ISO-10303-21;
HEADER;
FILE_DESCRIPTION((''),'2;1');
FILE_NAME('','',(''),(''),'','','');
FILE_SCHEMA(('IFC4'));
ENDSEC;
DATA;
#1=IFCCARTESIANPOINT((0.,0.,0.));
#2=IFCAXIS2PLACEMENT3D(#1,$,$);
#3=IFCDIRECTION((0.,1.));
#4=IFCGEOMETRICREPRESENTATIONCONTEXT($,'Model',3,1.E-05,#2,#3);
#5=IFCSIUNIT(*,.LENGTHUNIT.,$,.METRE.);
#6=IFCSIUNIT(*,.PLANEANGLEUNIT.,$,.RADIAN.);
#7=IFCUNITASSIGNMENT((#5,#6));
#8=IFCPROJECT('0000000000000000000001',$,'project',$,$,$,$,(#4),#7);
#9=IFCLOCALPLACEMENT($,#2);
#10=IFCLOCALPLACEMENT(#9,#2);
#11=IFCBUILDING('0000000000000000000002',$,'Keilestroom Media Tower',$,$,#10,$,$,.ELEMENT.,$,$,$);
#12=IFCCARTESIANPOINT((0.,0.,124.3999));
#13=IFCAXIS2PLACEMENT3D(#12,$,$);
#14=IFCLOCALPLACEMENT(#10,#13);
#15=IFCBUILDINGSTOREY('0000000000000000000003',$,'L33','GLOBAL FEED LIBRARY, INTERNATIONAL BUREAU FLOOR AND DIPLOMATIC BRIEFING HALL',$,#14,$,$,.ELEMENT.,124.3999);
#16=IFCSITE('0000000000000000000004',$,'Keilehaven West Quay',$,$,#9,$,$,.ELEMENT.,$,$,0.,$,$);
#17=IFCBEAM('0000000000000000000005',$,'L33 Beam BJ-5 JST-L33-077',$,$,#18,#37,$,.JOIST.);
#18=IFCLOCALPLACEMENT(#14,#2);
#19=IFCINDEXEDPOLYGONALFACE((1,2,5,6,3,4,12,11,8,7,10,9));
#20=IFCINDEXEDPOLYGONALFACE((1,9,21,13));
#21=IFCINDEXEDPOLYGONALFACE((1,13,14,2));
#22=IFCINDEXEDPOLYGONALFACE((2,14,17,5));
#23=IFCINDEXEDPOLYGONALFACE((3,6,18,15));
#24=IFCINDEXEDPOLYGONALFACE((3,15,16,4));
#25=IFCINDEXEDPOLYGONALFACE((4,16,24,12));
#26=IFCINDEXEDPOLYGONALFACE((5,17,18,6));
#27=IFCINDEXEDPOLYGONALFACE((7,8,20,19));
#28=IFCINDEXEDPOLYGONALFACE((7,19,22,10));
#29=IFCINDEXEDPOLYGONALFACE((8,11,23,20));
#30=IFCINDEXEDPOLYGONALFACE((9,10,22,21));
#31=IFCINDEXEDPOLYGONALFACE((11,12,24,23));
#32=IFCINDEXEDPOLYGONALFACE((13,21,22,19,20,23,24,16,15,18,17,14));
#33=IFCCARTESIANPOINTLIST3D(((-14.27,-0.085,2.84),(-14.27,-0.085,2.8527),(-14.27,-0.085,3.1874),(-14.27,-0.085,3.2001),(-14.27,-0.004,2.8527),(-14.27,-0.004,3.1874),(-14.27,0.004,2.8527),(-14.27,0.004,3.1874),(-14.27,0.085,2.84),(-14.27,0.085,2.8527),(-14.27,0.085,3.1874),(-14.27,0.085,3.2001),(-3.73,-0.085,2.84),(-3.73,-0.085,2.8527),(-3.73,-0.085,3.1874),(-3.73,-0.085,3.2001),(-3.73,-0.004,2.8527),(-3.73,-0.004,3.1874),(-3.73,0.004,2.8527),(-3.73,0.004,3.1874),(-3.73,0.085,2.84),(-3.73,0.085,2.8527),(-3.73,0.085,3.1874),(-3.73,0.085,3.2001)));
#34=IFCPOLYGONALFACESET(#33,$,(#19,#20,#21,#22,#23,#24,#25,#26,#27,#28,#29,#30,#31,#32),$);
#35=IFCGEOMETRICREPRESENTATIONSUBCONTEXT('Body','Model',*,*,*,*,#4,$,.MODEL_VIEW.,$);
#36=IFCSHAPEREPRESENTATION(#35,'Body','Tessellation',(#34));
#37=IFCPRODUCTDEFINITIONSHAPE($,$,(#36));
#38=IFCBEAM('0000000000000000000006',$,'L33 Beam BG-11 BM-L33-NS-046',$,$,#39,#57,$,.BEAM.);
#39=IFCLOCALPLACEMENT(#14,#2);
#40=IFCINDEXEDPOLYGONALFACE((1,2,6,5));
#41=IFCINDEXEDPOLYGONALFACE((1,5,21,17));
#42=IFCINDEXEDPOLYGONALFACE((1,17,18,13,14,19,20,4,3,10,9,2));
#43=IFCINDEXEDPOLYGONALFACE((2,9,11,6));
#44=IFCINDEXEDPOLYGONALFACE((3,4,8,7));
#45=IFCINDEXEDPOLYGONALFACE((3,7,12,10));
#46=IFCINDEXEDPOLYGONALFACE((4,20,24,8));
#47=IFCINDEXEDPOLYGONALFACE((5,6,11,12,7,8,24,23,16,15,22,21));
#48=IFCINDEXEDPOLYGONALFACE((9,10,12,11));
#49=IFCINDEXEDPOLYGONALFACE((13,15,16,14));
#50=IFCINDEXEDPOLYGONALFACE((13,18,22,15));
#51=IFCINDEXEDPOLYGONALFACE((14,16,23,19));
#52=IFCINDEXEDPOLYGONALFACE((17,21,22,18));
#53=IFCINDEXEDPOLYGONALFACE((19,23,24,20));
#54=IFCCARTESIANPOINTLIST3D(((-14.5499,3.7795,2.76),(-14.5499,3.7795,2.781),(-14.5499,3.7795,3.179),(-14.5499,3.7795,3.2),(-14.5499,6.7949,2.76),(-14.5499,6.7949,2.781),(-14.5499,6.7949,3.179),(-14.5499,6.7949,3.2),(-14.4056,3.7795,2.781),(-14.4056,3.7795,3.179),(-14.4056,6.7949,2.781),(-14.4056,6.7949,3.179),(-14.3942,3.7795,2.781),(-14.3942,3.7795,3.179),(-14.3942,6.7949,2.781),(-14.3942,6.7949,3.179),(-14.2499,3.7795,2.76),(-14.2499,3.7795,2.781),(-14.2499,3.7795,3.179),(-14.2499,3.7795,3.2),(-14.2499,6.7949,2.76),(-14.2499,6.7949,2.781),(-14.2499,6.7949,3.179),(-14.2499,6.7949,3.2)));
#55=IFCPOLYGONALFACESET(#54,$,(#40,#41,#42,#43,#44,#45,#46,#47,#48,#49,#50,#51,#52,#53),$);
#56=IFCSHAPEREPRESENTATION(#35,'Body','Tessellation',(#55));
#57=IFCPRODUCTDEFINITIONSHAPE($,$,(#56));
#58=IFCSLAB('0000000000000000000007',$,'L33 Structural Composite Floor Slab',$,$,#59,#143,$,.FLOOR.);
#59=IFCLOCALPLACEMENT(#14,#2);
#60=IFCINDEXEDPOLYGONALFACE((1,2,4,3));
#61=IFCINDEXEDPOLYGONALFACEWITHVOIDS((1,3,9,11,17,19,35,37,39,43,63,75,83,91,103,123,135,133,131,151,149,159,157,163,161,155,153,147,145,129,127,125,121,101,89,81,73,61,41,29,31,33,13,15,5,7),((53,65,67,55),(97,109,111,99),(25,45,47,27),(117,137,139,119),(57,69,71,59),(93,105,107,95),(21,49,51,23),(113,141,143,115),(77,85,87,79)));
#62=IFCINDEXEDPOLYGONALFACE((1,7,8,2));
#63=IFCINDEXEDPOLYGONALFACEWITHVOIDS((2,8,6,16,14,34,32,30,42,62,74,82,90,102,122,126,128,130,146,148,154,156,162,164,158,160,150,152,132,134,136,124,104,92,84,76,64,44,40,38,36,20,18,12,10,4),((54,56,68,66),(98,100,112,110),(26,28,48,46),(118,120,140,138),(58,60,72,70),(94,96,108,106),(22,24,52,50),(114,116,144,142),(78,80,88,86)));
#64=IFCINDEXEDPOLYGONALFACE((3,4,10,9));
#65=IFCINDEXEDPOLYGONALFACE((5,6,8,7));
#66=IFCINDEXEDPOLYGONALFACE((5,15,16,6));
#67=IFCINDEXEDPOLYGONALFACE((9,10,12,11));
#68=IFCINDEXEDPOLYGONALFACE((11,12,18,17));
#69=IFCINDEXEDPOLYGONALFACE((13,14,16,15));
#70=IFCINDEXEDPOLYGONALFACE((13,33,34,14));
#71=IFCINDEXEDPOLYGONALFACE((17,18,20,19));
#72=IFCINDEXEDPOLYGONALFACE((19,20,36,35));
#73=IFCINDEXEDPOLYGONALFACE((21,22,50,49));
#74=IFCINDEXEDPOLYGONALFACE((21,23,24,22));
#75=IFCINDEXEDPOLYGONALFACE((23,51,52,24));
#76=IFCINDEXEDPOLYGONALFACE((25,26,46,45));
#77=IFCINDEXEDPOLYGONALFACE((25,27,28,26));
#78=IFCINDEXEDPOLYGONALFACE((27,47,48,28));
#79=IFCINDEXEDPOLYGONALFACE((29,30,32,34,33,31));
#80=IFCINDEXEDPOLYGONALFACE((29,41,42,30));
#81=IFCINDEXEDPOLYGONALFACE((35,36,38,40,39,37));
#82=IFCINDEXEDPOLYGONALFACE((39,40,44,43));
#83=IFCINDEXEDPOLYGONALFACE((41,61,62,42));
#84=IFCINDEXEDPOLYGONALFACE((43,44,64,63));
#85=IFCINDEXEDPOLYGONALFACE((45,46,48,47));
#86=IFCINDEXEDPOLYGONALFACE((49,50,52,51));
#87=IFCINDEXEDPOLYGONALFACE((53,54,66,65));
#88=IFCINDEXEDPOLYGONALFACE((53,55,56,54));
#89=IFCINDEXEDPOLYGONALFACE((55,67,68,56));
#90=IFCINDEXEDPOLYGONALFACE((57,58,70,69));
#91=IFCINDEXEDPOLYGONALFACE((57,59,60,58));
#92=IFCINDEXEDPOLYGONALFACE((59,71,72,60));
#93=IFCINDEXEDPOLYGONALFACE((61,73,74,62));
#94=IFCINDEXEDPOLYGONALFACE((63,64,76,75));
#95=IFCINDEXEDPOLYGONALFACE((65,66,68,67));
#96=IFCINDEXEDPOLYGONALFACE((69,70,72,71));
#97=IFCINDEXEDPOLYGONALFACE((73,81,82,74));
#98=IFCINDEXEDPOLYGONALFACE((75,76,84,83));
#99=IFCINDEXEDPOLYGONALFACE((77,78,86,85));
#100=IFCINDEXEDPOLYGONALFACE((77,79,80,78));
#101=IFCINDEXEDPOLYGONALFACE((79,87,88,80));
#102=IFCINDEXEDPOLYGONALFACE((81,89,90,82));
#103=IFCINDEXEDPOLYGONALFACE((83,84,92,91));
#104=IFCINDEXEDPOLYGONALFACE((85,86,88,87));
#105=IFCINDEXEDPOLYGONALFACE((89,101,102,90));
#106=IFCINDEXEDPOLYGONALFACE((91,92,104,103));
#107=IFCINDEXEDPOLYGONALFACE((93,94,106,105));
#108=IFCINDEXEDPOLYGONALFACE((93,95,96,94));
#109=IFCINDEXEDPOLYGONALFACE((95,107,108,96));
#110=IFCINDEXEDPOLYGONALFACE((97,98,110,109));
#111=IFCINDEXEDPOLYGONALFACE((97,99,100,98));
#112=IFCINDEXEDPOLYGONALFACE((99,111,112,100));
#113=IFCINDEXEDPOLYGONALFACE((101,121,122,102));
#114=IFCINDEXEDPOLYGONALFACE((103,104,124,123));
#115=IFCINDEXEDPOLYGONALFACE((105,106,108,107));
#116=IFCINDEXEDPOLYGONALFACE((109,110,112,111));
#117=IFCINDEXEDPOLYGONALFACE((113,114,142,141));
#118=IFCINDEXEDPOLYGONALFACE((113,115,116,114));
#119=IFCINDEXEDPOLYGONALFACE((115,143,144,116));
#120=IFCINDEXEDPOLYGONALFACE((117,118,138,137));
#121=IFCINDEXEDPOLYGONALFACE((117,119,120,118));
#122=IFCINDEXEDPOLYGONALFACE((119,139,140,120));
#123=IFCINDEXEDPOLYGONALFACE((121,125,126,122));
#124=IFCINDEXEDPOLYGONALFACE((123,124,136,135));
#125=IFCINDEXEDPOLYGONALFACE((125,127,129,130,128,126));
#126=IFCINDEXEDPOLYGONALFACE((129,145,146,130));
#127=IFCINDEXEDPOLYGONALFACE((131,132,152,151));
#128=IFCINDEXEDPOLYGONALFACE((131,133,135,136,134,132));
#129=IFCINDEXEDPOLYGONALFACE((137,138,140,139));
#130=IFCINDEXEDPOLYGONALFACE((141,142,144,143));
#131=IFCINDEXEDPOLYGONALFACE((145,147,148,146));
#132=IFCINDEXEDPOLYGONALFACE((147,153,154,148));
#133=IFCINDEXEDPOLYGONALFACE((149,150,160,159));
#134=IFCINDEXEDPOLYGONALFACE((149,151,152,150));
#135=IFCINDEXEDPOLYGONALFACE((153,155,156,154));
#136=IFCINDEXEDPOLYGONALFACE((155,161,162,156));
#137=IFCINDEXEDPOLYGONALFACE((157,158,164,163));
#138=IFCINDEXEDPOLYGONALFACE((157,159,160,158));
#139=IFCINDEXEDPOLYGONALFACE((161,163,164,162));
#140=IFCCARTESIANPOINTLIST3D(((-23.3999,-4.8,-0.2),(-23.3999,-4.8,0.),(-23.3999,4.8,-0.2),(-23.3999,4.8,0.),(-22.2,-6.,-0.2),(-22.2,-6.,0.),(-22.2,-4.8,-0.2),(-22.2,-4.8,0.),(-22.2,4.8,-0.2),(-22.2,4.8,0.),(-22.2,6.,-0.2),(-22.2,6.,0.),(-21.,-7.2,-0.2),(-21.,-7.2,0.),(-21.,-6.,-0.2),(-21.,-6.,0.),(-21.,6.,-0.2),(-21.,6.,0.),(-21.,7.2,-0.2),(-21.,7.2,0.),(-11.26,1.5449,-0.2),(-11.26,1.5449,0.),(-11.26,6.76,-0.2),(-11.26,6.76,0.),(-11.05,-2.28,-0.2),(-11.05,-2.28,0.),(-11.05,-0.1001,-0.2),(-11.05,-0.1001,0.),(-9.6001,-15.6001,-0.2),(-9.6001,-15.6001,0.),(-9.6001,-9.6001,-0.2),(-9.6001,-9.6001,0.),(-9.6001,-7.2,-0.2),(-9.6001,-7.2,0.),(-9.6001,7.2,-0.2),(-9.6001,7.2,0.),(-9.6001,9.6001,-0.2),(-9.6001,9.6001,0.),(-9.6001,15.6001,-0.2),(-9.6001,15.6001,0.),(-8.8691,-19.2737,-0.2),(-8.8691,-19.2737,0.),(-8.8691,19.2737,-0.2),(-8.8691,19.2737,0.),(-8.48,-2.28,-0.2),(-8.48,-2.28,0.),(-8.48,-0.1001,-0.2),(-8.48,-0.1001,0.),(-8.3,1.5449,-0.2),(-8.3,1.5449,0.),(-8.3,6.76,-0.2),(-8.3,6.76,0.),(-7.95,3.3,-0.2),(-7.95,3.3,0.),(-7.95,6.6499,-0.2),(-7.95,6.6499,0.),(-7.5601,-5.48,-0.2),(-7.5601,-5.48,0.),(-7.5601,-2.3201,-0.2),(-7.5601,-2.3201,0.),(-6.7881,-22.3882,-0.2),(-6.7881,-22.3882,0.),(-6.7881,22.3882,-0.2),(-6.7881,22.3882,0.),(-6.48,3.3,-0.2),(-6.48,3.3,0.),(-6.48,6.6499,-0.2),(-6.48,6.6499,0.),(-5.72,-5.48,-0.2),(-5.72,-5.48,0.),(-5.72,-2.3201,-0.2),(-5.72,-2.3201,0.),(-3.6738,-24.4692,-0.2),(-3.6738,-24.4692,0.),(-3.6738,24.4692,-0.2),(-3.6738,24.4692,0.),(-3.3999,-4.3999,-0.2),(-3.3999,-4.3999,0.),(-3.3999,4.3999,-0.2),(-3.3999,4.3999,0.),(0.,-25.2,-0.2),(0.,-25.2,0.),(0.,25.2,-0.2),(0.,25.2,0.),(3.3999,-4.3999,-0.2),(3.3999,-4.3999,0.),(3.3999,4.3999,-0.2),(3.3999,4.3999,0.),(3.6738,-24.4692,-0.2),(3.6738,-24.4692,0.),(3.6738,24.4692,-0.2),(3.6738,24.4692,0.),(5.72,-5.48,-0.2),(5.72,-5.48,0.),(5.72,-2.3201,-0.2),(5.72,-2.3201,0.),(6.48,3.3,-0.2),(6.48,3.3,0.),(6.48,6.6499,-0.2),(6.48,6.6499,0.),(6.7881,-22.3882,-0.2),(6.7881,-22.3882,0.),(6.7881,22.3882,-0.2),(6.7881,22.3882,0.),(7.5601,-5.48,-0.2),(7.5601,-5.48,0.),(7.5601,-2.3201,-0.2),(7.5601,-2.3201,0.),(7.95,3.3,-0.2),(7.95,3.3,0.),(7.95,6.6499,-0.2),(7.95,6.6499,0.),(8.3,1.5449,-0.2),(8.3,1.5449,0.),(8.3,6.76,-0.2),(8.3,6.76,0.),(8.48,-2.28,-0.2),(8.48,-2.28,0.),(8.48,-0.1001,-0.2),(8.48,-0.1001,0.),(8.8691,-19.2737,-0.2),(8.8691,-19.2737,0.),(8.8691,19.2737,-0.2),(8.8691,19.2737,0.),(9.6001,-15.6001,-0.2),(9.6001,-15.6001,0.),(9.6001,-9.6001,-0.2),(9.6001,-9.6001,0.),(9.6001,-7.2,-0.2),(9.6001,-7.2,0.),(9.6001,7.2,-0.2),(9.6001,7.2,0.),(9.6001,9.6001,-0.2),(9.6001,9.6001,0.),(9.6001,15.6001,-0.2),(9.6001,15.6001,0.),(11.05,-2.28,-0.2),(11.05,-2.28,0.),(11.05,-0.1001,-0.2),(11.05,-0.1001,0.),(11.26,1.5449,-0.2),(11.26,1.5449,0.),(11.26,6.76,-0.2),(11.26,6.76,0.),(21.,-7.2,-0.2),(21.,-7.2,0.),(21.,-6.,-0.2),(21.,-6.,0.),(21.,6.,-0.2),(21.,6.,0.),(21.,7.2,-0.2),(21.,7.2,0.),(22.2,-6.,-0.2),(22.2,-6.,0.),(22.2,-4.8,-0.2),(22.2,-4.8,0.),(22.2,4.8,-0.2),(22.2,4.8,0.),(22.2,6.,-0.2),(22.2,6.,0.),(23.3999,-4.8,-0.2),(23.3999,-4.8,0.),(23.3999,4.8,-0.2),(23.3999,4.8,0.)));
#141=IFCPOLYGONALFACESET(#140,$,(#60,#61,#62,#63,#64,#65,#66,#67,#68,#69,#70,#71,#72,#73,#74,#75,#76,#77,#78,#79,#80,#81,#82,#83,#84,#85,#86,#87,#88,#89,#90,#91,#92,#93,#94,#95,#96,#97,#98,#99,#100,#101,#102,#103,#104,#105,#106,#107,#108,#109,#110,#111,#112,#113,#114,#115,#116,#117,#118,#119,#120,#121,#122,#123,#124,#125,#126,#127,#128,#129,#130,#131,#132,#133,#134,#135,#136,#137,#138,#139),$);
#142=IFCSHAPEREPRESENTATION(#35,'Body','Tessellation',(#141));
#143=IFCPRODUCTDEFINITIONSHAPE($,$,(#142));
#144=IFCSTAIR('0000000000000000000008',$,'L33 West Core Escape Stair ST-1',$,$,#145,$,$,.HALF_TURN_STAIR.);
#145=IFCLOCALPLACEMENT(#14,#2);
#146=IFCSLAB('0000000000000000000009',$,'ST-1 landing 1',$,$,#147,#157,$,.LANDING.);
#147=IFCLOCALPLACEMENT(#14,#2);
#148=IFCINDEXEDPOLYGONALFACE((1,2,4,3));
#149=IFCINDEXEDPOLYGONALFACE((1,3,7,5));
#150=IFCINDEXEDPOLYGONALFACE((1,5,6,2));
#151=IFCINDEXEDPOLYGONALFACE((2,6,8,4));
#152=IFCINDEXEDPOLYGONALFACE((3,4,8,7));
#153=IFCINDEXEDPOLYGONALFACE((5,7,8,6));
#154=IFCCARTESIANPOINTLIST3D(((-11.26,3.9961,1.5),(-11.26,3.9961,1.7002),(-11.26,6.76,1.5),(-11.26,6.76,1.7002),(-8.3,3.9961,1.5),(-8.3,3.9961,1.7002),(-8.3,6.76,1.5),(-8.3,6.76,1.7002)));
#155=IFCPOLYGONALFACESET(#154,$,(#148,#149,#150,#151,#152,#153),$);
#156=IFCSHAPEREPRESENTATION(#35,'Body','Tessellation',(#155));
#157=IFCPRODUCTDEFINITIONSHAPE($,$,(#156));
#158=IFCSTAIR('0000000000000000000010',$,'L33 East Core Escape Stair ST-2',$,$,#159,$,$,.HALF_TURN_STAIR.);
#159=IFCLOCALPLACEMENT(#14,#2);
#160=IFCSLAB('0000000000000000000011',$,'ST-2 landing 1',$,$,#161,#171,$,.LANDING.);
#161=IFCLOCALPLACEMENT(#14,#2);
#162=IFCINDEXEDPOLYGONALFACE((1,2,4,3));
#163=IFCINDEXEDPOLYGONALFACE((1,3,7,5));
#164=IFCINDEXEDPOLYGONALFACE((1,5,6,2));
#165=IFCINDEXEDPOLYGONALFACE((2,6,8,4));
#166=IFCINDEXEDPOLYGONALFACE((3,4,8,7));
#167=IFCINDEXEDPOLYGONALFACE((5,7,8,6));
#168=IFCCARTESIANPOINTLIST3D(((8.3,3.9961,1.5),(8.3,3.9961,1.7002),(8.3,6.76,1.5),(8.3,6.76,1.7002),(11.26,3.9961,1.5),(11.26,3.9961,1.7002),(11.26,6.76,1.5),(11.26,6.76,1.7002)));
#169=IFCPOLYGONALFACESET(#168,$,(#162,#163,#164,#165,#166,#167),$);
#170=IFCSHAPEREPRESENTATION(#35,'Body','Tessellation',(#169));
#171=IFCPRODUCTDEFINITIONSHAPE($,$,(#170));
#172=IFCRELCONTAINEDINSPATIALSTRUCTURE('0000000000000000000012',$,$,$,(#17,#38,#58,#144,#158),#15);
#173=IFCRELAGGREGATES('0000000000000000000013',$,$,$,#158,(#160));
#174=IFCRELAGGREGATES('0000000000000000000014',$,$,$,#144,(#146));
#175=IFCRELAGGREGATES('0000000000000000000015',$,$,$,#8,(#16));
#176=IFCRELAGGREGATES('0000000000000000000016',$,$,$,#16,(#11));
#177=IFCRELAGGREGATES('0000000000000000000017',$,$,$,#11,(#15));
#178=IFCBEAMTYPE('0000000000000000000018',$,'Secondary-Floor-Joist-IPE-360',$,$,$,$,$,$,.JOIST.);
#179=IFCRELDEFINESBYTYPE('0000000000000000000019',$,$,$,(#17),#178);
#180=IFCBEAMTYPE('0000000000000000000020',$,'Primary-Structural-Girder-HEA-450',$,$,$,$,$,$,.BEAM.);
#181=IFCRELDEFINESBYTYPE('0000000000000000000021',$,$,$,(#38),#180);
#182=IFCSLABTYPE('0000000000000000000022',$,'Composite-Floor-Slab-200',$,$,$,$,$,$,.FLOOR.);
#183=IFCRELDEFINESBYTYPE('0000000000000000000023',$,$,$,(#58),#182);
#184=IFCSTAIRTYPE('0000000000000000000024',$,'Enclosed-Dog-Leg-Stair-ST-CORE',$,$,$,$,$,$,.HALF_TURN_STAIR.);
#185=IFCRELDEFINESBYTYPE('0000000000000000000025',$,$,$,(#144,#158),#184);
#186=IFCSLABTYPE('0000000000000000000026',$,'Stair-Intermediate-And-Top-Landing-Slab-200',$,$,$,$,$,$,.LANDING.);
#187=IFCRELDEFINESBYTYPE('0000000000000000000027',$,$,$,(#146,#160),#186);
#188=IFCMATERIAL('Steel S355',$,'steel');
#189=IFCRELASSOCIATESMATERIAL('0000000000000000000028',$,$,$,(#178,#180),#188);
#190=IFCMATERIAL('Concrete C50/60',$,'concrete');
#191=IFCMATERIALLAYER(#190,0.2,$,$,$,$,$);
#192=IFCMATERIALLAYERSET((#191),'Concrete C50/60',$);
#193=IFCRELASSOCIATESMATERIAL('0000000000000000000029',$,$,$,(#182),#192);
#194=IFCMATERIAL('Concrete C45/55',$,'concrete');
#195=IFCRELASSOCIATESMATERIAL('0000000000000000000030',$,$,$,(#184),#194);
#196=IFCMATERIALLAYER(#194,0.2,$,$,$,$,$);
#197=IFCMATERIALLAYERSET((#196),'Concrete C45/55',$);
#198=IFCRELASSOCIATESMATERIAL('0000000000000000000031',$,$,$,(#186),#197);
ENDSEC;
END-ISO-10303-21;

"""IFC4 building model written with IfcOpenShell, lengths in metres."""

from ifc_helpers import new_model, si_unit, direction, frame, origin, origin_2d, place, context, subcontext, project, spatial, polyline, i_section, outline, extrude, source, transform, mapped, material, layer, layer_set, material_profile, profile_set, type_object, element, aggregate, save


model = new_model("IFC4")

# Units and contexts
model_context = context("Model", 3, precision=1e-05, world=origin(), true_north=direction((0.0, 1.0)))
body_context = subcontext(model_context, "Body", "Model", "MODEL_VIEW")
ifc_project = project(units=[si_unit("LENGTHUNIT", "METRE"), si_unit("PLANEANGLEUNIT", "RADIAN")], contexts=[model_context])

# Site, building, storey
site_placement = place(None, origin())
site = spatial("IfcSite", under=ifc_project, at=site_placement, Name="Keilehaven West Quay", CompositionType="ELEMENT", RefElevation=0.0)
building_placement = place(site_placement, origin())
building = spatial("IfcBuilding", under=site, at=building_placement, Name="Keilestroom Media Tower", CompositionType="ELEMENT")
storey_placement = place(building_placement, frame((0.0, 0.0, 124.3999)))
storey = spatial("IfcBuildingStorey", under=building, at=storey_placement, Name="L33", Description="GLOBAL FEED LIBRARY, INTERNATIONAL BUREAU FLOOR AND DIPLOMATIC BRIEFING HALL", CompositionType="ELEMENT", Elevation=124.3999)

# Beams
ifc_material_1 = material(Name="Steel S355", Category="steel")
ifc_material_profile_1 = material_profile(ifc_material_1, i_section(OverallWidth=0.1699, OverallDepth=0.3601, WebThickness=0.0081, FlangeThickness=0.0127, at=origin_2d()), Name="IPE 360")
ifc_profile_set_1 = profile_set([ifc_material_profile_1], Name="Steel S355")
beam_type_1 = type_object("IfcBeamType", Name="Secondary-Floor-Joist-IPE-360", PredefinedType="JOIST", material=ifc_profile_set_1)
shared_shape_1 = source(origin(), body_context, "Body", "SweptSolid", [
    extrude(i_section(OverallWidth=0.1699, OverallDepth=0.3601, WebThickness=0.0081, FlangeThickness=0.0127, at=origin_2d()), origin(), (0.0, 0.0, 1.0), 10.54),
])
beam_1_placement = place(storey_placement, frame((-14.27, 0.0, 3.02), z_axis=(1.0, 0.0, 0.0), x_axis=(0.0, 1.0, 0.0)))
element("IfcBeam", 1, at=beam_1_placement, inside=storey, type_object=beam_type_1, Name="L33 Beam BJ-5 JST-L33-077", PredefinedType="JOIST", context=body_context, shape_type="MappedRepresentation", body=[
    mapped(shared_shape_1, transform((0.0, 0.0, 0.0), x_axis=(1.0, 0.0, 0.0), y_axis=(0.0, 1.0, 0.0), z_axis=(0.0, 0.0, 1.0), scale=1.0)),
])
ifc_material_profile_2 = material_profile(ifc_material_1, i_section(OverallWidth=0.3, OverallDepth=0.4399, WebThickness=0.0115, FlangeThickness=0.021, at=origin_2d()), Name="HEA 450")
ifc_profile_set_2 = profile_set([ifc_material_profile_2], Name="Steel S355")
beam_type_2 = type_object("IfcBeamType", Name="Primary-Structural-Girder-HEA-450", PredefinedType="BEAM", material=ifc_profile_set_2)
shared_shape_2 = source(origin(), body_context, "Body", "SweptSolid", [
    extrude(i_section(OverallWidth=0.3, OverallDepth=0.4399, WebThickness=0.0115, FlangeThickness=0.021, at=origin_2d()), origin(), (0.0, 0.0, 1.0), 3.0154),
])
beam_2_placement = place(storey_placement, frame((-14.3999, 3.7795, 2.98), z_axis=(0.0, 1.0, 0.0), x_axis=(-1.0, 0.0, 0.0)))
element("IfcBeam", 2, at=beam_2_placement, inside=storey, type_object=beam_type_2, Name="L33 Beam BG-11 BM-L33-NS-046", PredefinedType="BEAM", context=body_context, shape_type="MappedRepresentation", body=[
    mapped(shared_shape_2, transform((0.0, 0.0, 0.0), x_axis=(1.0, 0.0, 0.0), y_axis=(0.0, 1.0, 0.0), z_axis=(0.0, 0.0, 1.0), scale=1.0)),
])

# Slab
ifc_material_2 = material(Name="Concrete C50/60", Category="concrete")
ifc_layer_1 = layer(ifc_material_2, 0.2)
ifc_layer_set_1 = layer_set([ifc_layer_1], Name="Concrete C50/60")
slab_type_1 = type_object("IfcSlabType", Name="Composite-Floor-Slab-200", PredefinedType="FLOOR", material=ifc_layer_set_1)
slab_1_placement = place(storey_placement, frame((0.0, 0.0, -0.2)))
element("IfcSlab", 3, at=slab_1_placement, inside=storey, type_object=slab_type_1, Name="L33 Structural Composite Floor Slab", PredefinedType="FLOOR", context=body_context, shape_type="SweptSolid", body=[
    extrude(outline(polyline([(23.3999, -4.8), (23.3999, 4.8), (22.2, 4.8), (22.2, 6.0), (21.0, 6.0), (21.0, 7.2), (9.6001, 7.2), (9.6001, 9.6001), (9.6001, 15.6001), (8.8691, 19.2737), (6.7881, 22.3882), (3.6738, 24.4692), (0.0, 25.2), (-3.6738, 24.4692), (-6.7881, 22.3882), (-8.8691, 19.2737), (-9.6001, 15.6001), (-9.6001, 9.6001), (-9.6001, 7.2), (-21.0, 7.2), (-21.0, 6.0), (-22.2, 6.0), (-22.2, 4.8), (-23.3999, 4.8), (-23.3999, -4.8), (-22.2, -4.8), (-22.2, -6.0), (-21.0, -6.0), (-21.0, -7.2), (-9.6001, -7.2), (-9.6001, -9.6001), (-9.6001, -15.6001), (-8.8691, -19.2737), (-6.7881, -22.3882), (-3.6738, -24.4692), (0.0, -25.2), (3.6738, -24.4692), (6.7881, -22.3882), (8.8691, -19.2737), (9.6001, -15.6001), (9.6001, -9.6001), (9.6001, -7.2), (21.0, -7.2), (21.0, -6.0), (22.2, -6.0), (22.2, -4.8), (23.3999, -4.8)]), holes=[polyline([(-11.26, 1.5449), (-11.26, 6.76), (-8.3, 6.76), (-8.3, 1.5449), (-11.26, 1.5449)]), polyline([(-11.05, -2.28), (-11.05, -0.1001), (-8.48, -0.1001), (-8.48, -2.28), (-11.05, -2.28)]), polyline([(-7.95, 3.3), (-7.95, 6.6499), (-6.48, 6.6499), (-6.48, 3.3), (-7.95, 3.3)]), polyline([(-7.5601, -2.3201), (-5.72, -2.3201), (-5.72, -5.48), (-7.5601, -5.48), (-7.5601, -2.3201)]), polyline([(3.3999, -4.3999), (-3.3999, -4.3999), (-3.3999, 4.3999), (3.3999, 4.3999), (3.3999, -4.3999)]), polyline([(7.5601, -2.3201), (7.5601, -5.48), (5.72, -5.48), (5.72, -2.3201), (7.5601, -2.3201)]), polyline([(6.48, 3.3), (6.48, 6.6499), (7.95, 6.6499), (7.95, 3.3), (6.48, 3.3)]), polyline([(8.3, 1.5449), (8.3, 6.76), (11.26, 6.76), (11.26, 1.5449), (8.3, 1.5449)]), polyline([(8.48, -2.28), (8.48, -0.1001), (11.05, -0.1001), (11.05, -2.28), (8.48, -2.28)])]), origin(), (0.0, 0.0, 1.0), 0.2),
])

# Stairs, slabs
ifc_material_3 = material(Name="Concrete C45/55", Category="concrete")
stair_type = type_object("IfcStairType", Name="Enclosed-Dog-Leg-Stair-ST-CORE", PredefinedType="HALF_TURN_STAIR", material=ifc_material_3)
stair_1_placement = place(storey_placement, origin())
stair_1 = element("IfcStair", 4, at=stair_1_placement, inside=storey, type_object=stair_type, Name="L33 West Core Escape Stair ST-1", PredefinedType="HALF_TURN_STAIR")
ifc_layer_2 = layer(ifc_material_3, 0.2)
ifc_layer_set_2 = layer_set([ifc_layer_2], Name="Concrete C45/55")
slab_type_2 = type_object("IfcSlabType", Name="Stair-Intermediate-And-Top-Landing-Slab-200", PredefinedType="LANDING", material=ifc_layer_set_2)
slab_2_placement = place(storey_placement, frame((0.0, 0.0, 1.5)))
slab_2 = element("IfcSlab", 5, at=slab_2_placement, type_object=slab_type_2, Name="ST-1 landing 1", PredefinedType="LANDING", context=body_context, shape_type="SweptSolid", body=[
    extrude(outline(polyline([(-8.3, 3.9961), (-8.3, 6.76), (-11.26, 6.76), (-11.26, 3.9961), (-8.3, 3.9961)])), origin(), (0.0, 0.0, 1.0), 0.2002),
])
stair_2_placement = place(storey_placement, origin())
stair_2 = element("IfcStair", 6, at=stair_2_placement, inside=storey, type_object=stair_type, Name="L33 East Core Escape Stair ST-2", PredefinedType="HALF_TURN_STAIR")
slab_3_placement = place(storey_placement, frame((0.0, 0.0, 1.5)))
slab_3 = element("IfcSlab", 7, at=slab_3_placement, type_object=slab_type_2, Name="ST-2 landing 1", PredefinedType="LANDING", context=body_context, shape_type="SweptSolid", body=[
    extrude(outline(polyline([(11.26, 3.9961), (11.26, 6.76), (8.3, 6.76), (8.3, 3.9961), (11.26, 3.9961)])), origin(), (0.0, 0.0, 1.0), 0.2002),
])
aggregate(stair_2, [slab_3])

aggregate(stair_1, [slab_2])

save(model, "model.ifc")
